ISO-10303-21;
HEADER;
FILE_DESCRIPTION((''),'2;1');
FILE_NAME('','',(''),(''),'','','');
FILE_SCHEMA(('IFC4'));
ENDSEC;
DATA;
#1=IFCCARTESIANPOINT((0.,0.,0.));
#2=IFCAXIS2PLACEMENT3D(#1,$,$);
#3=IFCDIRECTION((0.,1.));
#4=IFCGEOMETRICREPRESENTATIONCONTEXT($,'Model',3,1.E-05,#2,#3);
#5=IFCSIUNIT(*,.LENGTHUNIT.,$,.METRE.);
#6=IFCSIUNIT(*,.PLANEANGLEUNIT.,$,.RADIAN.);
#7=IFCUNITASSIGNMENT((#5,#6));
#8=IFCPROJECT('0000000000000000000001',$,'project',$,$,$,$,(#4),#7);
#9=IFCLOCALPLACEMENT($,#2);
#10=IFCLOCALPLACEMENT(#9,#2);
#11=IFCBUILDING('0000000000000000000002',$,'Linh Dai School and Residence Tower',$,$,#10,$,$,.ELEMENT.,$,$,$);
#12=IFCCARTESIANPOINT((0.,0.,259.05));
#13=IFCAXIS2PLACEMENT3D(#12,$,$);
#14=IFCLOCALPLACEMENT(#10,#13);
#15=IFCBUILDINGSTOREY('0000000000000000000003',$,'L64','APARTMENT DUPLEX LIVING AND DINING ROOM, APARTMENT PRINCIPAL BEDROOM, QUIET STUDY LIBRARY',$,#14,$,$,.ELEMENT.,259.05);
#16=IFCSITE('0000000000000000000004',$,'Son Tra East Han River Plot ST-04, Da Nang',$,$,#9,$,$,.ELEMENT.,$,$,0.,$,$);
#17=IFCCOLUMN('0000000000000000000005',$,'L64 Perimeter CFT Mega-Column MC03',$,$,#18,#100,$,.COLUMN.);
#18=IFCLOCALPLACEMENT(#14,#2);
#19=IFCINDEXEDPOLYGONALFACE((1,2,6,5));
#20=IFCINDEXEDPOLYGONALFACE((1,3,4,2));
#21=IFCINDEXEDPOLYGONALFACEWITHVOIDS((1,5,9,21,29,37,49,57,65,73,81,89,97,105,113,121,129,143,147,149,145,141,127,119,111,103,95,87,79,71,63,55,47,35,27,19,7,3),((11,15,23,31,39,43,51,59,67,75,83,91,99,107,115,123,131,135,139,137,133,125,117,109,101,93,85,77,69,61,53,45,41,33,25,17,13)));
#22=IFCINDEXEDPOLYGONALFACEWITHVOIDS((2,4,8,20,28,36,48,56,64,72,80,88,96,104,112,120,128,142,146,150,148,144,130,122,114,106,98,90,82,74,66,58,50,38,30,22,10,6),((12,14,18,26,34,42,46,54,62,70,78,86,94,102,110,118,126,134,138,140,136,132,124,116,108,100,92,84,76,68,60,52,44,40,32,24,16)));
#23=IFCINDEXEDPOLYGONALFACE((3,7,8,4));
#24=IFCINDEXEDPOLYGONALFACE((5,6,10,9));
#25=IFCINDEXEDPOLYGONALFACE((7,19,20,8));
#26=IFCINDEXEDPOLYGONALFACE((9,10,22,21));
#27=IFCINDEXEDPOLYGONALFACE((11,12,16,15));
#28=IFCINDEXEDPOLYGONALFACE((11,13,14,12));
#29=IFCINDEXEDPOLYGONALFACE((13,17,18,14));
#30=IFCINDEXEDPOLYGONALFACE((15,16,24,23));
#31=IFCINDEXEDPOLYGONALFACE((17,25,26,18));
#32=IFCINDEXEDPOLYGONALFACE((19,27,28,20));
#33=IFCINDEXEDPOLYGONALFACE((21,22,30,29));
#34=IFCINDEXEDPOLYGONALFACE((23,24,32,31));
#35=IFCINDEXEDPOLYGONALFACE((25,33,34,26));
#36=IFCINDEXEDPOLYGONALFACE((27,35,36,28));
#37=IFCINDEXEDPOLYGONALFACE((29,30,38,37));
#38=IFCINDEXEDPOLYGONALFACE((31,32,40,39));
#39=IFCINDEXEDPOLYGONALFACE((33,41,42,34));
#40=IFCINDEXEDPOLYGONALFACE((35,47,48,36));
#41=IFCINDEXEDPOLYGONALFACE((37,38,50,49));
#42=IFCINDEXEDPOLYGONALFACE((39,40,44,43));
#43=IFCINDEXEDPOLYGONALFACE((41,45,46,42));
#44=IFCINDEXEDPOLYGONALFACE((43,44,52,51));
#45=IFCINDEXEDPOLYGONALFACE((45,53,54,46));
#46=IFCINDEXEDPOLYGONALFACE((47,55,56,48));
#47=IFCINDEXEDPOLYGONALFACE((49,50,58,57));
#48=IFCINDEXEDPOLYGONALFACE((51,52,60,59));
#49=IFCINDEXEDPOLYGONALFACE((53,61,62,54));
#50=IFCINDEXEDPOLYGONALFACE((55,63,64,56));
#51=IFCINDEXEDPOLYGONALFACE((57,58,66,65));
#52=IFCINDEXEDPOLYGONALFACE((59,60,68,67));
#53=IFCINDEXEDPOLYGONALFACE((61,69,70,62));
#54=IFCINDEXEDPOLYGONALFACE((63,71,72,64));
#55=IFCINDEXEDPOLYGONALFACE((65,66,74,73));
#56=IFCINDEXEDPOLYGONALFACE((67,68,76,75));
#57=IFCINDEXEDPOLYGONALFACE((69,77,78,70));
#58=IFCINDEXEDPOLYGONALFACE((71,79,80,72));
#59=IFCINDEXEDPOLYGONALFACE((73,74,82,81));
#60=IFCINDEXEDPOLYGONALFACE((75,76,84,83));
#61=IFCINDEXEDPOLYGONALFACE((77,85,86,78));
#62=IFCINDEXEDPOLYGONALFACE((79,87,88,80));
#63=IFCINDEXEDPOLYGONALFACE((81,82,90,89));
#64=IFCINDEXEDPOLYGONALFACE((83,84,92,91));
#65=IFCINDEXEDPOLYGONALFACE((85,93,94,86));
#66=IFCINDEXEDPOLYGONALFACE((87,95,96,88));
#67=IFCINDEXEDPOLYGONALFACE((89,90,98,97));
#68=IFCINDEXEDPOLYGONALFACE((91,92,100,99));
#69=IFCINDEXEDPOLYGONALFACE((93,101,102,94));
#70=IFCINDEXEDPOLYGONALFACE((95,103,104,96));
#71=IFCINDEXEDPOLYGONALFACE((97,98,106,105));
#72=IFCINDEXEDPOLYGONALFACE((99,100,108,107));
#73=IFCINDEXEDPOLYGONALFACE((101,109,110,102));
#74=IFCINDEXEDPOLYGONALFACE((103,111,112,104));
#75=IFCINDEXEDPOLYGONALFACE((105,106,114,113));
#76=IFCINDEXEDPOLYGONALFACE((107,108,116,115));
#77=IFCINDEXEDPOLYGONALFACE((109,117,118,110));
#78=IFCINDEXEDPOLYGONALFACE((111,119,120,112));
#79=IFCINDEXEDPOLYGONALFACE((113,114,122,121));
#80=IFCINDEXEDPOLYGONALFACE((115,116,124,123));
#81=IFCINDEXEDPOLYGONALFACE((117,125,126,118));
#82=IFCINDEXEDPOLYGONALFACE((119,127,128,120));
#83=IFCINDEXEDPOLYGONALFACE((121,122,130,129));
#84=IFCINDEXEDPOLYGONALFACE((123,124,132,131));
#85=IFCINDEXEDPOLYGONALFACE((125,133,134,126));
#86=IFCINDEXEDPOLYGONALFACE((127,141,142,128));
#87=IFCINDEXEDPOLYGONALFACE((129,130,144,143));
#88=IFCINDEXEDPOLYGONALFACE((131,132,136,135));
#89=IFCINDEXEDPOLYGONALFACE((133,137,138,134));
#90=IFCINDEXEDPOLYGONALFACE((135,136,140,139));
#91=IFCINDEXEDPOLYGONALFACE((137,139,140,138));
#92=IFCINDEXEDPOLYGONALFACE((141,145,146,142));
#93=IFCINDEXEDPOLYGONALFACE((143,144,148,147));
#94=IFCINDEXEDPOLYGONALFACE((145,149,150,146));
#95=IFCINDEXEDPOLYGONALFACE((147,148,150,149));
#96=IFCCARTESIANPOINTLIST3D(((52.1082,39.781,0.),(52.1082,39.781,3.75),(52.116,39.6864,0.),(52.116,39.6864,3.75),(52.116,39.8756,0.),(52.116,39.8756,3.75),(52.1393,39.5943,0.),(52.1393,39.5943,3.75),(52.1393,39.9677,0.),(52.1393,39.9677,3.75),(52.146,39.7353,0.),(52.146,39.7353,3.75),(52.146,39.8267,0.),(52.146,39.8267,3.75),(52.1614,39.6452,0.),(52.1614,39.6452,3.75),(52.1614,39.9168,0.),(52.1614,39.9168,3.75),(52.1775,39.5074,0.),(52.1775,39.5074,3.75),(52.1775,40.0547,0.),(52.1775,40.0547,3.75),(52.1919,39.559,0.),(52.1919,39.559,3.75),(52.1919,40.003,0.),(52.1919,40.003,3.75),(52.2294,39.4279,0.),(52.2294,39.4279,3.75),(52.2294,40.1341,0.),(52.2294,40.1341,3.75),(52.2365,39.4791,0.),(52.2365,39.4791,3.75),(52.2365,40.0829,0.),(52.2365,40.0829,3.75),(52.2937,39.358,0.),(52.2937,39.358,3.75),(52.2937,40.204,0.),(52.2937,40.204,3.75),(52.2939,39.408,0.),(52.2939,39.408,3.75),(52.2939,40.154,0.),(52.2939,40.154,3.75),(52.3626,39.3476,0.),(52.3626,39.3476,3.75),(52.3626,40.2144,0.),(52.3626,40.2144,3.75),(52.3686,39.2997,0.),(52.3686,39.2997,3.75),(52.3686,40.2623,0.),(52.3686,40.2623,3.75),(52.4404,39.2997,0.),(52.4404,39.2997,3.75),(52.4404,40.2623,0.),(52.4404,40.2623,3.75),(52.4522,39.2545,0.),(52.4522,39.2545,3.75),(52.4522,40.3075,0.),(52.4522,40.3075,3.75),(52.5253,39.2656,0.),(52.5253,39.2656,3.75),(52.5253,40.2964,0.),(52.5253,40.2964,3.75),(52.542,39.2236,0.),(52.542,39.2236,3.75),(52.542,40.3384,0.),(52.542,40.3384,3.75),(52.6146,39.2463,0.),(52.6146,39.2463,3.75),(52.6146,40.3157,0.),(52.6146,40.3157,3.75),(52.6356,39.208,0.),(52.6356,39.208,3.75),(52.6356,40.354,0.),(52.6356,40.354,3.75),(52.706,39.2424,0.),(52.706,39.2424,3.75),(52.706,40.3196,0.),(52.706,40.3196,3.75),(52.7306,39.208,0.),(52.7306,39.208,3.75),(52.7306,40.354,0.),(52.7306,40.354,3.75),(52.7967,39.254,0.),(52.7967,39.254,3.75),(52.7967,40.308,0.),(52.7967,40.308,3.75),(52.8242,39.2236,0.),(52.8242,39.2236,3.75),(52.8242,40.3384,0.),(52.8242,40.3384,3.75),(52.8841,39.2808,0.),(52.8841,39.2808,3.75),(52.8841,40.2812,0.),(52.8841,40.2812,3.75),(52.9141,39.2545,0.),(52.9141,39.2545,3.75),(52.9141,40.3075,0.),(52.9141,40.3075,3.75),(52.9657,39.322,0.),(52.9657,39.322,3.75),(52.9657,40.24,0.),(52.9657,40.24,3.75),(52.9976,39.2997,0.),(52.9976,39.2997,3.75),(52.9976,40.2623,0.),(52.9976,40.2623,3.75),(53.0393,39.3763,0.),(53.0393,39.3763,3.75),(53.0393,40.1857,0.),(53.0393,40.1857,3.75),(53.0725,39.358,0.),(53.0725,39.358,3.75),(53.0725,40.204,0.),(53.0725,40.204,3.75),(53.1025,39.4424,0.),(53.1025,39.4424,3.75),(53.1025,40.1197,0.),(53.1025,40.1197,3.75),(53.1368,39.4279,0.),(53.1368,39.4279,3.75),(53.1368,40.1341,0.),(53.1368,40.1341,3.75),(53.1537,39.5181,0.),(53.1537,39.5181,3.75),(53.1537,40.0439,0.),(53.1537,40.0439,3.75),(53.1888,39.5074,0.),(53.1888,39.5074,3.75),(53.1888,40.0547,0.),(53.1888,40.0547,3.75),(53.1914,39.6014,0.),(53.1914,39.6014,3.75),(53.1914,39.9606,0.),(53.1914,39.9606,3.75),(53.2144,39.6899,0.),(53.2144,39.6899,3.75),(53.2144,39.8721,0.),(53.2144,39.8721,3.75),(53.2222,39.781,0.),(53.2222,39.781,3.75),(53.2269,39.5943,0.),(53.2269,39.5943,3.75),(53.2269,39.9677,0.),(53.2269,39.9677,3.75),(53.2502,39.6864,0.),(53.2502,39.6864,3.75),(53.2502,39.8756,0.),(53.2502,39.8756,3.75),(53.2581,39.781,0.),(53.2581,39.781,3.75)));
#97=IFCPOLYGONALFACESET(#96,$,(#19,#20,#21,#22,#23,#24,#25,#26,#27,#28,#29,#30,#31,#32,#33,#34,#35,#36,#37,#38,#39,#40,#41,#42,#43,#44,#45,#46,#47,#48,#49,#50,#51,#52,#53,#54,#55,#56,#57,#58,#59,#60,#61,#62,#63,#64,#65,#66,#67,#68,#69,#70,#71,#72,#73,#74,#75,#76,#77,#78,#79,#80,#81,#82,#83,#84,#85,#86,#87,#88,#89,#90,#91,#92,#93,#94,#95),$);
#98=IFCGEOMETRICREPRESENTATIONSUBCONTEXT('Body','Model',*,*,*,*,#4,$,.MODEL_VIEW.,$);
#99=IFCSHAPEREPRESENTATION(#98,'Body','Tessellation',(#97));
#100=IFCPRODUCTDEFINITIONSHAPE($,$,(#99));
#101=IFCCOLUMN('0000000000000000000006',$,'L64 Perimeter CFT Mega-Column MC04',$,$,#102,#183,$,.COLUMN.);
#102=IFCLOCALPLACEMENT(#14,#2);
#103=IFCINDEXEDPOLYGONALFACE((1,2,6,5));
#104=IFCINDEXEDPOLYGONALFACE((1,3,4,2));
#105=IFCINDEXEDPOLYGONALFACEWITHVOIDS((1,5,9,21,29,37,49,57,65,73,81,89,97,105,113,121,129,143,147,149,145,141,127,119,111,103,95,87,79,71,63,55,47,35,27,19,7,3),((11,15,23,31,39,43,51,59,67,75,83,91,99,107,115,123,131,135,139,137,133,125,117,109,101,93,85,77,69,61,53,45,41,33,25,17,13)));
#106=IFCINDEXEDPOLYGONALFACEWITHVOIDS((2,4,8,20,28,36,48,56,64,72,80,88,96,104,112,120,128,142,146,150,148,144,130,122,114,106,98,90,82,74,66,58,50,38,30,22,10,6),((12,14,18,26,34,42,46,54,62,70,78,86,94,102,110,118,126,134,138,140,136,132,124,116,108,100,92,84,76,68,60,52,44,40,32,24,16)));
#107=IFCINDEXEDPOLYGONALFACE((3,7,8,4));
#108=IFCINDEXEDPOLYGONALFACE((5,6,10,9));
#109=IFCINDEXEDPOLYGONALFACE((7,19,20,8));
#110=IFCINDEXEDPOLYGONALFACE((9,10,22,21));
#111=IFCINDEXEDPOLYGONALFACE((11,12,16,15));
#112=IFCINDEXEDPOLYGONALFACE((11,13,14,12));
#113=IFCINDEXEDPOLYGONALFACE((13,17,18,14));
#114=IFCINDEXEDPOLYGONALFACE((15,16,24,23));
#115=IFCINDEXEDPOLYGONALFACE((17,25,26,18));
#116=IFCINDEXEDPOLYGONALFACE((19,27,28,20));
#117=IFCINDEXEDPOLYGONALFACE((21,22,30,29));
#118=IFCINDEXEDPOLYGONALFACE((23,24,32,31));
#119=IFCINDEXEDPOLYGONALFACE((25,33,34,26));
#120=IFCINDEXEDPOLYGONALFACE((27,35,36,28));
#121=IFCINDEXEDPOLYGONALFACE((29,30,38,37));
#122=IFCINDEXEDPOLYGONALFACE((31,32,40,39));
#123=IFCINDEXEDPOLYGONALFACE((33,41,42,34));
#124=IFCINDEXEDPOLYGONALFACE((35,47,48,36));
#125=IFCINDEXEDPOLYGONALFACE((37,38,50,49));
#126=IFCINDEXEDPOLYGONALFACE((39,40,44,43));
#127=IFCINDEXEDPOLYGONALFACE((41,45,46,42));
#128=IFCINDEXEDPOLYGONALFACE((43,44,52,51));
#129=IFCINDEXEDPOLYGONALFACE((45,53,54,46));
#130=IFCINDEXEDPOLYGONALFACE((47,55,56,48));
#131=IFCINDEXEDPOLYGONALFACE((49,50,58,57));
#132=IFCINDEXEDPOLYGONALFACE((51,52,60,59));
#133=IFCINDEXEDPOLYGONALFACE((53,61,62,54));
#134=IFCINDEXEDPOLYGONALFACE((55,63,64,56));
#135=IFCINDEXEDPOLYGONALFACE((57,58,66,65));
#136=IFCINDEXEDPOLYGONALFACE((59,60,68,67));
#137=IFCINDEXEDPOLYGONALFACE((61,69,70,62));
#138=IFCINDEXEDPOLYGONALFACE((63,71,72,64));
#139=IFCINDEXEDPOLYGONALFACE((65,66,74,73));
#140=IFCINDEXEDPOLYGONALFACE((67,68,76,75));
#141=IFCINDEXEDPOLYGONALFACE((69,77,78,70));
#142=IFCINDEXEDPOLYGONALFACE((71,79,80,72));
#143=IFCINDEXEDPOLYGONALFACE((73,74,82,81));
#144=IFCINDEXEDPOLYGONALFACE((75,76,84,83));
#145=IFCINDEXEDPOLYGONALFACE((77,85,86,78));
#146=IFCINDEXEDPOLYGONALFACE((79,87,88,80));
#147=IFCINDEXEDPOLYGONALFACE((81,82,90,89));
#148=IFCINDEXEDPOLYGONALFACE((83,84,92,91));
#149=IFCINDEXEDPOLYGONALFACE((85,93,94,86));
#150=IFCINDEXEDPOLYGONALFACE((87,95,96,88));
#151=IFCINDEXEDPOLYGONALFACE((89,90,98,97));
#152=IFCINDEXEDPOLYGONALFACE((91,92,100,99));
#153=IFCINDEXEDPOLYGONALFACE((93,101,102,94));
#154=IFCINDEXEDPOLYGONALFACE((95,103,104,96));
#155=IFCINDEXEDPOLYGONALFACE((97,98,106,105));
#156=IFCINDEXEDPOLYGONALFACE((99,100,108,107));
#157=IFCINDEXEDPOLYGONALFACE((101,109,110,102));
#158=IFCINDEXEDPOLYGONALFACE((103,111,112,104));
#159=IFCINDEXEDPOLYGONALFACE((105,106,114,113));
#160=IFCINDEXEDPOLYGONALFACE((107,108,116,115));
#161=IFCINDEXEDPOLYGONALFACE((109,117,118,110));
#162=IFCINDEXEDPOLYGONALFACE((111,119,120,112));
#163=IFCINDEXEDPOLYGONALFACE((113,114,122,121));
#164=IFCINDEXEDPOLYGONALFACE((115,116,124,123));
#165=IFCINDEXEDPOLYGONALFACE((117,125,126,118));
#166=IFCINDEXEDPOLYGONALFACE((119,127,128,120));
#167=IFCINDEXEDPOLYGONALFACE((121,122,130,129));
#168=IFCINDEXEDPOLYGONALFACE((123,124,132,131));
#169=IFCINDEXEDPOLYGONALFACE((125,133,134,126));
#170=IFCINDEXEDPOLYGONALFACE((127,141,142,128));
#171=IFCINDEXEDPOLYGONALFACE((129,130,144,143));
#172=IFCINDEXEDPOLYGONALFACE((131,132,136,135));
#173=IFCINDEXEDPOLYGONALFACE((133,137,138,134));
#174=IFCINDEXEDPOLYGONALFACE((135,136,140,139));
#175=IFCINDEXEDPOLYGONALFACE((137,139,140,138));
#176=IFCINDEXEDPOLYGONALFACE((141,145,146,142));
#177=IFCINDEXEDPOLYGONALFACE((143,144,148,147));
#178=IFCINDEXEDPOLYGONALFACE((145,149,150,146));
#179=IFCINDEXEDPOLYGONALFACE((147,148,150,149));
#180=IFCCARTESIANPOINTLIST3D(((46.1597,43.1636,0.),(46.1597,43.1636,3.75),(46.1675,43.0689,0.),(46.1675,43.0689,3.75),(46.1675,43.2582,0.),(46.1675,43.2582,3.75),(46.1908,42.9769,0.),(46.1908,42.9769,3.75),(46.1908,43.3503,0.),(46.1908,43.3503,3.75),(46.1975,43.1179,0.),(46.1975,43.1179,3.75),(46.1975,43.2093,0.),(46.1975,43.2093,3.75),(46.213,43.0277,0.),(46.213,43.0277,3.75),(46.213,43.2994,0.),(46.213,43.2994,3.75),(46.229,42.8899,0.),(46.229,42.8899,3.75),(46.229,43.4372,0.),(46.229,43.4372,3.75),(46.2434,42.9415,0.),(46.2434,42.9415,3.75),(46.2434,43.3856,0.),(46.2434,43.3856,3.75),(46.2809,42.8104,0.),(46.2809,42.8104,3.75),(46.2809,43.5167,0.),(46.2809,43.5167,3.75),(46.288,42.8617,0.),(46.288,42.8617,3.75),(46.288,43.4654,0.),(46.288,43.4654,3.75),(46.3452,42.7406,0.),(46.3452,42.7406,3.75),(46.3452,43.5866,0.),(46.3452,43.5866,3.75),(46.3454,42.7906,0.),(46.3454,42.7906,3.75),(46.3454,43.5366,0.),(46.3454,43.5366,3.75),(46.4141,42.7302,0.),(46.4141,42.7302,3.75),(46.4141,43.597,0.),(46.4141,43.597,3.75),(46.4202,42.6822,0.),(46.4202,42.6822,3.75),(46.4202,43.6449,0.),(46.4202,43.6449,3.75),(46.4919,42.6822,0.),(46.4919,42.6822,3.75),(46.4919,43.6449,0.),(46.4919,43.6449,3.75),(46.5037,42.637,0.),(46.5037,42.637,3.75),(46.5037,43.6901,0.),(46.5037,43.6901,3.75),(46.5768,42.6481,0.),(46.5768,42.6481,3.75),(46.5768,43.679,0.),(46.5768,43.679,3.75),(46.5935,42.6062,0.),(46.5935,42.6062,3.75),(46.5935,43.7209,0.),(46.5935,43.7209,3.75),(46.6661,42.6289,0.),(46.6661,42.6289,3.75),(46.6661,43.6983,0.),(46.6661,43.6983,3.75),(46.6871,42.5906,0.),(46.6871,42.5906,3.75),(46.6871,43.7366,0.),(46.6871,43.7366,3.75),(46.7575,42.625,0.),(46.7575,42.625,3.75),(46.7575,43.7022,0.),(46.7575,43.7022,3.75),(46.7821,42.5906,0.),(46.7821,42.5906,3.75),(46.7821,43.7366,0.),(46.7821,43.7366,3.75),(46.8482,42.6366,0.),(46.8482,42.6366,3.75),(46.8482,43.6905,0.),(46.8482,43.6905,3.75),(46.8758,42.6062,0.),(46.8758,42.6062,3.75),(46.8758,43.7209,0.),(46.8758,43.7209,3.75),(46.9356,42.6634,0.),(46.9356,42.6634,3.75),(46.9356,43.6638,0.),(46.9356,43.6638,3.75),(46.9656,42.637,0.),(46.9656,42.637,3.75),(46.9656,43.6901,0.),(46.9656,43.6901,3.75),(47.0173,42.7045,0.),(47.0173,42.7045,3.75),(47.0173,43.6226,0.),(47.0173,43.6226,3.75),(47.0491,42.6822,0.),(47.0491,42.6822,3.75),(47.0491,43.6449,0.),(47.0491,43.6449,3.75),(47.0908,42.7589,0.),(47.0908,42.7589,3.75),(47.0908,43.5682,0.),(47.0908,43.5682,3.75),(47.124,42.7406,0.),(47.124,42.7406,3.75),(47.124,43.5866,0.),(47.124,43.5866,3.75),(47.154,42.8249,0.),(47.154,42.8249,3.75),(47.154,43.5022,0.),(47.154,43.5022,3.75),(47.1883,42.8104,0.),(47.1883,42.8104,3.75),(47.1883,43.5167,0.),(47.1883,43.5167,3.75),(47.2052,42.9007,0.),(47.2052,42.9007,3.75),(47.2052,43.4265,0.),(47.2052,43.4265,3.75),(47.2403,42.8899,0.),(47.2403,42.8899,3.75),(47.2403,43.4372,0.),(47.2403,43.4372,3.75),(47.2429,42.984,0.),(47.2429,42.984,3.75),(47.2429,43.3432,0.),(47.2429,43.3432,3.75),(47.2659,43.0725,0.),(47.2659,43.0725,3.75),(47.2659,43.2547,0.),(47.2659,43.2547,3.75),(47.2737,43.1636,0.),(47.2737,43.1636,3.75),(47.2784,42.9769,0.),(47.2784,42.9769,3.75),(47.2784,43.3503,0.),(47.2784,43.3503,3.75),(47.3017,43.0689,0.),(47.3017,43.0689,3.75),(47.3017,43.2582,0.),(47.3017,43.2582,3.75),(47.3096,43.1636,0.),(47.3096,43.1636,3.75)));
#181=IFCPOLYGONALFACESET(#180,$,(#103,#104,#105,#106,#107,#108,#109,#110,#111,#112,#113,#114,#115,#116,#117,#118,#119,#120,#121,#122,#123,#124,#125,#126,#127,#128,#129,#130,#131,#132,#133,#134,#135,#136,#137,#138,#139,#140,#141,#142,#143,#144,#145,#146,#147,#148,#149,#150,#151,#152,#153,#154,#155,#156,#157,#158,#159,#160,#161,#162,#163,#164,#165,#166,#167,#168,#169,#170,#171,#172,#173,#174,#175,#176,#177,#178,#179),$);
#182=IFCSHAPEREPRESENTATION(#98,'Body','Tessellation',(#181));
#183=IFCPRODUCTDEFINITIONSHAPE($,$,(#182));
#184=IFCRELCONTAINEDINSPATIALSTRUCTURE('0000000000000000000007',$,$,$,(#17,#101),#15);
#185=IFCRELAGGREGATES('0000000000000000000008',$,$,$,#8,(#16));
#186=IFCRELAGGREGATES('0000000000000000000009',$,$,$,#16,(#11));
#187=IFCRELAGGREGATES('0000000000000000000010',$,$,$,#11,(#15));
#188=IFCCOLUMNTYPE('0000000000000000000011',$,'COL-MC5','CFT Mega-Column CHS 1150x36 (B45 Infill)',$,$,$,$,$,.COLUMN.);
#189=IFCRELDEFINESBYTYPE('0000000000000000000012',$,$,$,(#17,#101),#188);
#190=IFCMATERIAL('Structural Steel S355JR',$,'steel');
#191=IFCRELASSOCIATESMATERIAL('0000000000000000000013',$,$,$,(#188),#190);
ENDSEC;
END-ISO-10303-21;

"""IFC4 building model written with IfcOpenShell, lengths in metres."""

from ifc_helpers import new_model, si_unit, direction, frame, origin, origin_2d, place, context, subcontext, project, spatial, hollow_circle, extrude, material, material_profile, profile_set, type_object, element, save


model = new_model("IFC4")

# Units and contexts
model_context = context("Model", 3, precision=1e-05, world=origin(), true_north=direction((0.0, 1.0)))
body_context = subcontext(model_context, "Body", "Model", "MODEL_VIEW")
ifc_project = project(units=[si_unit("LENGTHUNIT", "METRE"), si_unit("PLANEANGLEUNIT", "RADIAN")], contexts=[model_context])

# Site, building, storey
site_placement = place(None, origin())
site = spatial("IfcSite", under=ifc_project, at=site_placement, Name="Son Tra East Han River Plot ST-04, Da Nang", CompositionType="ELEMENT", RefElevation=0.0)
building_placement = place(site_placement, origin())
building = spatial("IfcBuilding", under=site, at=building_placement, Name="Linh Dai School and Residence Tower", CompositionType="ELEMENT")
storey_placement = place(building_placement, frame((0.0, 0.0, 259.05)))
storey = spatial("IfcBuildingStorey", under=building, at=storey_placement, Name="L64", Description="APARTMENT DUPLEX LIVING AND DINING ROOM, APARTMENT PRINCIPAL BEDROOM, QUIET STUDY LIBRARY", CompositionType="ELEMENT", Elevation=259.05)

# Columns
ifc_material_1 = material(Name="Structural Steel S355JR", Category="steel")
ifc_material_profile_1 = material_profile(ifc_material_1, hollow_circle(Radius=0.575, WallThickness=0.0359, at=origin_2d()), Name="CHS 1150x36")
ifc_profile_set_1 = profile_set([ifc_material_profile_1], Name="Structural Steel S355JR")
column_type = type_object("IfcColumnType", Name="COL-MC5", Description="CFT Mega-Column CHS 1150x36 (B45 Infill)", PredefinedType="COLUMN", material=ifc_profile_set_1)
for number, where, z_axis, x_axis, name in (
    (1, (52.6831, 39.781, 0.0), (0.0, 0.0, 1.0), (1.0, 0.0, 0.0), "L64 Perimeter CFT Mega-Column MC03"),
    (2, (46.7346, 43.1636, 0.0), (0.0, 0.0, 1.0), (1.0, 0.0, 0.0), "L64 Perimeter CFT Mega-Column MC04"),
):
    element("IfcColumn", number, at=place(storey_placement, frame(where, z_axis=z_axis, x_axis=x_axis)), inside=storey, type_object=column_type, Name=name, PredefinedType="COLUMN", context=body_context, shape_type="SweptSolid", body=[
        extrude(hollow_circle(Radius=0.575, WallThickness=0.0359, at=origin_2d()), origin(), (0.0, 0.0, 1.0), 3.75),
    ])

save(model, "model.ifc")
